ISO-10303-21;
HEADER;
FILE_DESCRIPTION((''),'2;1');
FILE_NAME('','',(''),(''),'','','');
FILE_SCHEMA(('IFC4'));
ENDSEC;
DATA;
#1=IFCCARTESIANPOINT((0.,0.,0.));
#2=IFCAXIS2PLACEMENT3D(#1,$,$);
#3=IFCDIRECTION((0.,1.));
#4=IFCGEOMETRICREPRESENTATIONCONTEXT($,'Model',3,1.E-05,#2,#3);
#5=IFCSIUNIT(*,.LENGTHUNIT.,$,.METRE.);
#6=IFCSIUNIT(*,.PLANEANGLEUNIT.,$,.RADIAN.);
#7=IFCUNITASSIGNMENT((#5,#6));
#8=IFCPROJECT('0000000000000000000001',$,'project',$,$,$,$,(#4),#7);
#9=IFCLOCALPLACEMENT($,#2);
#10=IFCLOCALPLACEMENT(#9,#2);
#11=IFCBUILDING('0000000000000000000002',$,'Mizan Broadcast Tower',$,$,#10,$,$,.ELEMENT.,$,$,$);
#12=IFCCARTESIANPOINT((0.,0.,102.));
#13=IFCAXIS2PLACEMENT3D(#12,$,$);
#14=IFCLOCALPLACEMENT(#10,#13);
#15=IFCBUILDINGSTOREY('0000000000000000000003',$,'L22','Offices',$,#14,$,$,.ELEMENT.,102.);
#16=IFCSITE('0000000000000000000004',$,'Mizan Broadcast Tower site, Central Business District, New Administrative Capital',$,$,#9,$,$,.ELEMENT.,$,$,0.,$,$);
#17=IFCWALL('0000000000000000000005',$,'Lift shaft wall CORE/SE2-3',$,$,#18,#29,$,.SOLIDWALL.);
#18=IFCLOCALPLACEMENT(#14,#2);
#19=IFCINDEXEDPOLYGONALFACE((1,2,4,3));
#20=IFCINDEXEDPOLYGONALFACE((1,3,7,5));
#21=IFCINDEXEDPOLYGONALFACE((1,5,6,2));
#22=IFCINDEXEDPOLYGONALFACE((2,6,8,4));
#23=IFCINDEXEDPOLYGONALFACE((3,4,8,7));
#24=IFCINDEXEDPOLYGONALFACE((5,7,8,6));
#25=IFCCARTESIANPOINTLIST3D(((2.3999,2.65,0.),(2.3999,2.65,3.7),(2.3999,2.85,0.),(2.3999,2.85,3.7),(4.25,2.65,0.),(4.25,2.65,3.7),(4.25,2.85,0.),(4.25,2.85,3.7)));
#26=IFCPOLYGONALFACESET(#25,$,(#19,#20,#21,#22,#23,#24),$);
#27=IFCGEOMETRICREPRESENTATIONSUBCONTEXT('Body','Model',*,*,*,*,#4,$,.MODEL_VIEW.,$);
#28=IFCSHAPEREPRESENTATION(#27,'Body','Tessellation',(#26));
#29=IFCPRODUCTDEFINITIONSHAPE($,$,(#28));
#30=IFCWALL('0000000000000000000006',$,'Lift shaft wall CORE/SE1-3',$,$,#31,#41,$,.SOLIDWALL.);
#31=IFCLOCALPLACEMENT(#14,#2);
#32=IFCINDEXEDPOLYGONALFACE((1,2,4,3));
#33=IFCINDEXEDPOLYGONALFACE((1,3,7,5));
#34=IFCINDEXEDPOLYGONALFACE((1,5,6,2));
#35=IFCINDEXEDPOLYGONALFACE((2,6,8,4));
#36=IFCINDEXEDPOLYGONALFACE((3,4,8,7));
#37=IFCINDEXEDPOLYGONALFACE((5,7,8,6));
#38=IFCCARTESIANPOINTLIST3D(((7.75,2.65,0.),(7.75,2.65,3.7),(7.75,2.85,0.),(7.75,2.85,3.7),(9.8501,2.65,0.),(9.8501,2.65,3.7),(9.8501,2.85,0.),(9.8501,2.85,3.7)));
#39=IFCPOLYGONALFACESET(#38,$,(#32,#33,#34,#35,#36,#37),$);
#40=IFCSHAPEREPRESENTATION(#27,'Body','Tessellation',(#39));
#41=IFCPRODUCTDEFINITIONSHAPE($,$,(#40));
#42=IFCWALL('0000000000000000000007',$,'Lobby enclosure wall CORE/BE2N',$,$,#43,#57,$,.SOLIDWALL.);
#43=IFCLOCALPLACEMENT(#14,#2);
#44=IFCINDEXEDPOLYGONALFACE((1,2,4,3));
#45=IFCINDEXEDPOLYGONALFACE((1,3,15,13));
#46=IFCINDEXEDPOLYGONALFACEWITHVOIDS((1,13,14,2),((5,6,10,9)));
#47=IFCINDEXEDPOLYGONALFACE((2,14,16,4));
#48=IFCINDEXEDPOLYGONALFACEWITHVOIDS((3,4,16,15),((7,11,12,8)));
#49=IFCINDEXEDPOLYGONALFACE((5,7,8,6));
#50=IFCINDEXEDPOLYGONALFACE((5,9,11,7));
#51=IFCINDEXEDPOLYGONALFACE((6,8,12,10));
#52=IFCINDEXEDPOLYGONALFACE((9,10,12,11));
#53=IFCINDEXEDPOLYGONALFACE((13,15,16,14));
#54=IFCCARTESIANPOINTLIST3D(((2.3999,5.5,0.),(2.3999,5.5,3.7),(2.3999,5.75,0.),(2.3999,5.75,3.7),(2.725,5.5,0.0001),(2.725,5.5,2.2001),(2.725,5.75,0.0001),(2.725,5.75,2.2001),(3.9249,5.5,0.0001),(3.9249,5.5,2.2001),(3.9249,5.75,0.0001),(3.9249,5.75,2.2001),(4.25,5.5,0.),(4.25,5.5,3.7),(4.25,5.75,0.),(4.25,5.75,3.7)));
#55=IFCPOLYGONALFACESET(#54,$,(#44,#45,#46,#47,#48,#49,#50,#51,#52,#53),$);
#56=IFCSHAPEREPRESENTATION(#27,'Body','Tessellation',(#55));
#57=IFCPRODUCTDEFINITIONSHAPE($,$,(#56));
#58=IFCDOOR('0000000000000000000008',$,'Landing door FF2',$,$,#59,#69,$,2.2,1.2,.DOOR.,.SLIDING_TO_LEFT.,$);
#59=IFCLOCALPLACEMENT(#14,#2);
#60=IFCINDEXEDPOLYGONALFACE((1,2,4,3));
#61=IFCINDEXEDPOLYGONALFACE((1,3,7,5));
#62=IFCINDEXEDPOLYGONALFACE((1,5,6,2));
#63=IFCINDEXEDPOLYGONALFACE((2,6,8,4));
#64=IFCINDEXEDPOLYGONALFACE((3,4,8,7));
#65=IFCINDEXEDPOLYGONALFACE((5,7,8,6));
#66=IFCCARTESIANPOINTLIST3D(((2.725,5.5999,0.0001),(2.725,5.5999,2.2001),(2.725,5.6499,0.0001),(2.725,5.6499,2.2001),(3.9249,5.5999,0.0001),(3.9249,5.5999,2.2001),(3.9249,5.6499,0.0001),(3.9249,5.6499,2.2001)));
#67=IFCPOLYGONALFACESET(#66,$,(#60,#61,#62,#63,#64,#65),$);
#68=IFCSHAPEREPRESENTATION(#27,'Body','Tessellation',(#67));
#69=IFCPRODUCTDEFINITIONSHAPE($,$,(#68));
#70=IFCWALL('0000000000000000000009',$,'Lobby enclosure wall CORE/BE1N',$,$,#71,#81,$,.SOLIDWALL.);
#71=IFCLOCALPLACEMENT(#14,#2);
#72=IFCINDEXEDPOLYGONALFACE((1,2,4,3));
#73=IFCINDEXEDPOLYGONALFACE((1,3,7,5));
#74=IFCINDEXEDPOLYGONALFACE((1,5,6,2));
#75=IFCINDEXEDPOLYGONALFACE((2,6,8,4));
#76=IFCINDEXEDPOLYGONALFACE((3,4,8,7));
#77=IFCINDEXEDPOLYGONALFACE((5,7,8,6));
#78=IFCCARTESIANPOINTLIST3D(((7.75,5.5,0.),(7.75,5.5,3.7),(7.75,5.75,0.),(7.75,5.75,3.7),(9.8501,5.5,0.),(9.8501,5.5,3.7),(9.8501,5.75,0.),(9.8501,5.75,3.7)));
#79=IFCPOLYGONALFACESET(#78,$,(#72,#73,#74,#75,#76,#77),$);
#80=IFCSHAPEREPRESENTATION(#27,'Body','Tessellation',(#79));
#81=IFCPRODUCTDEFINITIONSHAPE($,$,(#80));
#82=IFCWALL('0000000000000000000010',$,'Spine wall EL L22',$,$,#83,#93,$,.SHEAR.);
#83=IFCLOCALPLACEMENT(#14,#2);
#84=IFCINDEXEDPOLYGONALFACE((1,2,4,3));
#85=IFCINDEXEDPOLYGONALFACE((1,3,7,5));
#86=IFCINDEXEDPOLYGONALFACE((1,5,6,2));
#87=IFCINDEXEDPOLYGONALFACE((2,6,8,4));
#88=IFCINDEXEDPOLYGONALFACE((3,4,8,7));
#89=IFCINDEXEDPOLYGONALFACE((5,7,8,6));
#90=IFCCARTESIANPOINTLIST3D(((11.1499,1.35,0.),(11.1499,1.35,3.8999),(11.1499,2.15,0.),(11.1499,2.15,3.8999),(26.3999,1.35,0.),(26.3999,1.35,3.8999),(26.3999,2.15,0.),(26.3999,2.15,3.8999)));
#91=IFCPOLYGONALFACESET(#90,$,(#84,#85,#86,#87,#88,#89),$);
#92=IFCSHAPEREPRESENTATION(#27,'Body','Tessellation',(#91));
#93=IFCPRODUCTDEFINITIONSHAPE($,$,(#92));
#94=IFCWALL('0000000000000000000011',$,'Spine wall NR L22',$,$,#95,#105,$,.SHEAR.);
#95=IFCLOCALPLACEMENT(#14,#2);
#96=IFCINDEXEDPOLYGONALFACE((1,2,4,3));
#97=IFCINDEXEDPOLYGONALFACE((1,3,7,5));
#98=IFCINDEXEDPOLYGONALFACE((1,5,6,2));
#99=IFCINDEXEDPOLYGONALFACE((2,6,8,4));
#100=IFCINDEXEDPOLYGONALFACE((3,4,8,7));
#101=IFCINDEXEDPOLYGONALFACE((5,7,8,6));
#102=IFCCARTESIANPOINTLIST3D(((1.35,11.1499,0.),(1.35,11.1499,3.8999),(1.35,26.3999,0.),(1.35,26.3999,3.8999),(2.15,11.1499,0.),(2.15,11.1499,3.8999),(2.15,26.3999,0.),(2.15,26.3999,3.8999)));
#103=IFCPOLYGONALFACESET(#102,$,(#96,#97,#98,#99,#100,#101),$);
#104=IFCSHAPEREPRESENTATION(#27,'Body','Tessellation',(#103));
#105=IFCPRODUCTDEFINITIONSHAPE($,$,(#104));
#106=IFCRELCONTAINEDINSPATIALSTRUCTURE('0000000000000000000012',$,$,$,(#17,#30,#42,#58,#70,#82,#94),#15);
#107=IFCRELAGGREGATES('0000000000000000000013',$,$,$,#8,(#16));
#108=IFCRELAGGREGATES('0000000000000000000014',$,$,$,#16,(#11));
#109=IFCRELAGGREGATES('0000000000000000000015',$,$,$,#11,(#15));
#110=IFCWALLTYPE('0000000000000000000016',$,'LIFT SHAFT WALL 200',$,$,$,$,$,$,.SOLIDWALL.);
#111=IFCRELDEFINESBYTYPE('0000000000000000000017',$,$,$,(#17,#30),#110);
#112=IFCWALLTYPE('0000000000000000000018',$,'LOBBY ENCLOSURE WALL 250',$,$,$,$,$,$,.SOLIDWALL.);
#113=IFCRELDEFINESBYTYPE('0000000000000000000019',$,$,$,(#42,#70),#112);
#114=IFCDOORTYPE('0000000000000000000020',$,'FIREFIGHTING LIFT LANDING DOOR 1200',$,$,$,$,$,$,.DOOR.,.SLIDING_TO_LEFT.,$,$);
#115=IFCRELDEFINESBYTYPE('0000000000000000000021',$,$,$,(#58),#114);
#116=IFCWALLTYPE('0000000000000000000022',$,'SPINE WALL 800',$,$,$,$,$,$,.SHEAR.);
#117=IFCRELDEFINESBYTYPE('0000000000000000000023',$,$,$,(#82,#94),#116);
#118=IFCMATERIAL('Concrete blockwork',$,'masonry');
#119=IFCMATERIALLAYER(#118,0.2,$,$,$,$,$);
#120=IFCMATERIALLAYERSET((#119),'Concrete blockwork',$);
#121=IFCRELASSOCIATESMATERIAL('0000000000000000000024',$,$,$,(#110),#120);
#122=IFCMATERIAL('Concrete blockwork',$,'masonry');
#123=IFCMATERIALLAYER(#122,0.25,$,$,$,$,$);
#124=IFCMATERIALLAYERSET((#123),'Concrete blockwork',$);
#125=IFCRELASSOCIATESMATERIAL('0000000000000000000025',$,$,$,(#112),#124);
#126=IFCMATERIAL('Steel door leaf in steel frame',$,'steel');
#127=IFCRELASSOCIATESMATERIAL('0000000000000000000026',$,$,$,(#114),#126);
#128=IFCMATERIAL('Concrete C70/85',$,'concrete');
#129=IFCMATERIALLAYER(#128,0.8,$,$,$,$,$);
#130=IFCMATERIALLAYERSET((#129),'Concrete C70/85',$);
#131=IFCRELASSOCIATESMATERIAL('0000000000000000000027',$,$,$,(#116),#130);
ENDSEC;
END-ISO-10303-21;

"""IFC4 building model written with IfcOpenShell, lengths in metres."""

from ifc_helpers import new_model, si_unit, direction, frame, frame_2d, origin, place, context, subcontext, project, spatial, rectangle, extrude, material, layer, layer_set, type_object, element, fill, save


model = new_model("IFC4")

# Units and contexts
model_context = context("Model", 3, precision=1e-05, world=origin(), true_north=direction((0.0, 1.0)))
body_context = subcontext(model_context, "Body", "Model", "MODEL_VIEW")
ifc_project = project(units=[si_unit("LENGTHUNIT", "METRE"), si_unit("PLANEANGLEUNIT", "RADIAN")], contexts=[model_context])

# Site, building, storey
site_placement = place(None, origin())
site = spatial("IfcSite", under=ifc_project, at=site_placement, Name="Mizan Broadcast Tower site, Central Business District, New Administrative Capital", CompositionType="ELEMENT", RefElevation=0.0)
building_placement = place(site_placement, origin())
building = spatial("IfcBuilding", under=site, at=building_placement, Name="Mizan Broadcast Tower", CompositionType="ELEMENT")
storey_placement = place(building_placement, frame((0.0, 0.0, 102.0)))
storey = spatial("IfcBuildingStorey", under=building, at=storey_placement, Name="L22", Description="Offices", CompositionType="ELEMENT", Elevation=102.0)

# Walls
ifc_material_1 = material(Name="Concrete blockwork", Category="masonry")
ifc_layer_1 = layer(ifc_material_1, 0.2)
ifc_layer_set_1 = layer_set([ifc_layer_1], Name="Concrete blockwork")
wall_type_1 = type_object("IfcWallType", Name="LIFT SHAFT WALL 200", PredefinedType="SOLIDWALL", material=ifc_layer_set_1)
wall_1_placement = place(storey_placement, frame((2.3999, 2.75, 0.0), z_axis=(0.0, 0.0, 1.0), x_axis=(1.0, 0.0, 0.0)))
element("IfcWall", 1, at=wall_1_placement, inside=storey, type_object=wall_type_1, Name="Lift shaft wall CORE/SE2-3", PredefinedType="SOLIDWALL", context=body_context, shape_type="SweptSolid", body=[
    extrude(rectangle(XDim=1.8501, YDim=0.2, at=frame_2d((0.925, 0.0))), origin(), (0.0, 0.0, 1.0), 3.7),
])
wall_2_placement = place(storey_placement, frame((7.75, 2.75, 0.0), z_axis=(0.0, 0.0, 1.0), x_axis=(1.0, 0.0, 0.0)))
element("IfcWall", 2, at=wall_2_placement, inside=storey, type_object=wall_type_1, Name="Lift shaft wall CORE/SE1-3", PredefinedType="SOLIDWALL", context=body_context, shape_type="SweptSolid", body=[
    extrude(rectangle(XDim=2.1001, YDim=0.2, at=frame_2d((1.05, 0.0))), origin(), (0.0, 0.0, 1.0), 3.7),
])

# Wall, opening, door
ifc_material_2 = material(Name="Concrete blockwork", Category="masonry")
ifc_layer_2 = layer(ifc_material_2, 0.25)
ifc_layer_set_2 = layer_set([ifc_layer_2], Name="Concrete blockwork")
wall_type_2 = type_object("IfcWallType", Name="LOBBY ENCLOSURE WALL 250", PredefinedType="SOLIDWALL", material=ifc_layer_set_2)
wall_3_placement = place(storey_placement, frame((2.3999, 5.625, 0.0), z_axis=(0.0, 0.0, 1.0), x_axis=(1.0, 0.0, 0.0)))
wall_3 = element("IfcWall", 3, at=wall_3_placement, inside=storey, type_object=wall_type_2, Name="Lobby enclosure wall CORE/BE2N", PredefinedType="SOLIDWALL", context=body_context, shape_type="SweptSolid", body=[
    extrude(rectangle(XDim=1.8501, YDim=0.25, at=frame_2d((0.925, 0.0))), origin(), (0.0, 0.0, 1.0), 3.7),
])
opening_1_placement = place(wall_3_placement, frame((0.325, 0.0, 0.0)))
opening_1 = element("IfcOpeningElement", 4, at=opening_1_placement, cuts=wall_3, PredefinedType="OPENING", context=body_context, shape_type="SweptSolid", body=[
    extrude(rectangle(XDim=1.2, YDim=2.2, at=frame_2d((0.6001, 1.1001))), frame((0.0, 0.135, 0.0), z_axis=(0.0, -1.0, 0.0), x_axis=(1.0, 0.0, 0.0)), (0.0, 0.0, 1.0), 0.27),
])
ifc_material_3 = material(Name="Steel door leaf in steel frame", Category="steel")
door_type_1 = type_object("IfcDoorType", Name="FIREFIGHTING LIFT LANDING DOOR 1200", OperationType="SLIDING_TO_LEFT", PredefinedType="DOOR", material=ifc_material_3)
door_1_placement = place(opening_1_placement, origin())
door_1 = element("IfcDoor", 5, at=door_1_placement, inside=storey, type_object=door_type_1, Name="Landing door FF2", OperationType="SLIDING_TO_LEFT", OverallHeight=2.2, OverallWidth=1.2, PredefinedType="DOOR", context=body_context, shape_type="SweptSolid", body=[
    extrude(rectangle(XDim=1.2, YDim=2.2, at=frame_2d((0.6001, 1.1001))), frame((0.0, 0.0249, 0.0), z_axis=(0.0, -1.0, 0.0), x_axis=(1.0, 0.0, 0.0)), (0.0, 0.0, 1.0), 0.05),
])
fill(opening_1, door_1)

# Walls
wall_4_placement = place(storey_placement, frame((7.75, 5.625, 0.0), z_axis=(0.0, 0.0, 1.0), x_axis=(1.0, 0.0, 0.0)))
element("IfcWall", 6, at=wall_4_placement, inside=storey, type_object=wall_type_2, Name="Lobby enclosure wall CORE/BE1N", PredefinedType="SOLIDWALL", context=body_context, shape_type="SweptSolid", body=[
    extrude(rectangle(XDim=2.1001, YDim=0.25, at=frame_2d((1.05, 0.0))), origin(), (0.0, 0.0, 1.0), 3.7),
])
ifc_material_4 = material(Name="Concrete C70/85", Category="concrete")
ifc_layer_3 = layer(ifc_material_4, 0.8)
ifc_layer_set_3 = layer_set([ifc_layer_3], Name="Concrete C70/85")
wall_type_3 = type_object("IfcWallType", Name="SPINE WALL 800", PredefinedType="SHEAR", material=ifc_layer_set_3)
for number, where, z_axis, x_axis, name in (
    (7, (11.1499, 1.75, 0.0), (0.0, 0.0, 1.0), (1.0, 0.0, 0.0), "Spine wall EL L22"),
    (8, (1.75, 11.1499, 0.0), (0.0, 0.0, 1.0), (0.0, 1.0, 0.0), "Spine wall NR L22"),
):
    element("IfcWall", number, at=place(storey_placement, frame(where, z_axis=z_axis, x_axis=x_axis)), inside=storey, type_object=wall_type_3, Name=name, PredefinedType="SHEAR", context=body_context, shape_type="SweptSolid", body=[
        extrude(rectangle(XDim=15.25, YDim=0.8, at=frame_2d((7.625, 0.0))), origin(), (0.0, 0.0, 1.0), 3.8999),
    ])

save(model, "model.ifc")
